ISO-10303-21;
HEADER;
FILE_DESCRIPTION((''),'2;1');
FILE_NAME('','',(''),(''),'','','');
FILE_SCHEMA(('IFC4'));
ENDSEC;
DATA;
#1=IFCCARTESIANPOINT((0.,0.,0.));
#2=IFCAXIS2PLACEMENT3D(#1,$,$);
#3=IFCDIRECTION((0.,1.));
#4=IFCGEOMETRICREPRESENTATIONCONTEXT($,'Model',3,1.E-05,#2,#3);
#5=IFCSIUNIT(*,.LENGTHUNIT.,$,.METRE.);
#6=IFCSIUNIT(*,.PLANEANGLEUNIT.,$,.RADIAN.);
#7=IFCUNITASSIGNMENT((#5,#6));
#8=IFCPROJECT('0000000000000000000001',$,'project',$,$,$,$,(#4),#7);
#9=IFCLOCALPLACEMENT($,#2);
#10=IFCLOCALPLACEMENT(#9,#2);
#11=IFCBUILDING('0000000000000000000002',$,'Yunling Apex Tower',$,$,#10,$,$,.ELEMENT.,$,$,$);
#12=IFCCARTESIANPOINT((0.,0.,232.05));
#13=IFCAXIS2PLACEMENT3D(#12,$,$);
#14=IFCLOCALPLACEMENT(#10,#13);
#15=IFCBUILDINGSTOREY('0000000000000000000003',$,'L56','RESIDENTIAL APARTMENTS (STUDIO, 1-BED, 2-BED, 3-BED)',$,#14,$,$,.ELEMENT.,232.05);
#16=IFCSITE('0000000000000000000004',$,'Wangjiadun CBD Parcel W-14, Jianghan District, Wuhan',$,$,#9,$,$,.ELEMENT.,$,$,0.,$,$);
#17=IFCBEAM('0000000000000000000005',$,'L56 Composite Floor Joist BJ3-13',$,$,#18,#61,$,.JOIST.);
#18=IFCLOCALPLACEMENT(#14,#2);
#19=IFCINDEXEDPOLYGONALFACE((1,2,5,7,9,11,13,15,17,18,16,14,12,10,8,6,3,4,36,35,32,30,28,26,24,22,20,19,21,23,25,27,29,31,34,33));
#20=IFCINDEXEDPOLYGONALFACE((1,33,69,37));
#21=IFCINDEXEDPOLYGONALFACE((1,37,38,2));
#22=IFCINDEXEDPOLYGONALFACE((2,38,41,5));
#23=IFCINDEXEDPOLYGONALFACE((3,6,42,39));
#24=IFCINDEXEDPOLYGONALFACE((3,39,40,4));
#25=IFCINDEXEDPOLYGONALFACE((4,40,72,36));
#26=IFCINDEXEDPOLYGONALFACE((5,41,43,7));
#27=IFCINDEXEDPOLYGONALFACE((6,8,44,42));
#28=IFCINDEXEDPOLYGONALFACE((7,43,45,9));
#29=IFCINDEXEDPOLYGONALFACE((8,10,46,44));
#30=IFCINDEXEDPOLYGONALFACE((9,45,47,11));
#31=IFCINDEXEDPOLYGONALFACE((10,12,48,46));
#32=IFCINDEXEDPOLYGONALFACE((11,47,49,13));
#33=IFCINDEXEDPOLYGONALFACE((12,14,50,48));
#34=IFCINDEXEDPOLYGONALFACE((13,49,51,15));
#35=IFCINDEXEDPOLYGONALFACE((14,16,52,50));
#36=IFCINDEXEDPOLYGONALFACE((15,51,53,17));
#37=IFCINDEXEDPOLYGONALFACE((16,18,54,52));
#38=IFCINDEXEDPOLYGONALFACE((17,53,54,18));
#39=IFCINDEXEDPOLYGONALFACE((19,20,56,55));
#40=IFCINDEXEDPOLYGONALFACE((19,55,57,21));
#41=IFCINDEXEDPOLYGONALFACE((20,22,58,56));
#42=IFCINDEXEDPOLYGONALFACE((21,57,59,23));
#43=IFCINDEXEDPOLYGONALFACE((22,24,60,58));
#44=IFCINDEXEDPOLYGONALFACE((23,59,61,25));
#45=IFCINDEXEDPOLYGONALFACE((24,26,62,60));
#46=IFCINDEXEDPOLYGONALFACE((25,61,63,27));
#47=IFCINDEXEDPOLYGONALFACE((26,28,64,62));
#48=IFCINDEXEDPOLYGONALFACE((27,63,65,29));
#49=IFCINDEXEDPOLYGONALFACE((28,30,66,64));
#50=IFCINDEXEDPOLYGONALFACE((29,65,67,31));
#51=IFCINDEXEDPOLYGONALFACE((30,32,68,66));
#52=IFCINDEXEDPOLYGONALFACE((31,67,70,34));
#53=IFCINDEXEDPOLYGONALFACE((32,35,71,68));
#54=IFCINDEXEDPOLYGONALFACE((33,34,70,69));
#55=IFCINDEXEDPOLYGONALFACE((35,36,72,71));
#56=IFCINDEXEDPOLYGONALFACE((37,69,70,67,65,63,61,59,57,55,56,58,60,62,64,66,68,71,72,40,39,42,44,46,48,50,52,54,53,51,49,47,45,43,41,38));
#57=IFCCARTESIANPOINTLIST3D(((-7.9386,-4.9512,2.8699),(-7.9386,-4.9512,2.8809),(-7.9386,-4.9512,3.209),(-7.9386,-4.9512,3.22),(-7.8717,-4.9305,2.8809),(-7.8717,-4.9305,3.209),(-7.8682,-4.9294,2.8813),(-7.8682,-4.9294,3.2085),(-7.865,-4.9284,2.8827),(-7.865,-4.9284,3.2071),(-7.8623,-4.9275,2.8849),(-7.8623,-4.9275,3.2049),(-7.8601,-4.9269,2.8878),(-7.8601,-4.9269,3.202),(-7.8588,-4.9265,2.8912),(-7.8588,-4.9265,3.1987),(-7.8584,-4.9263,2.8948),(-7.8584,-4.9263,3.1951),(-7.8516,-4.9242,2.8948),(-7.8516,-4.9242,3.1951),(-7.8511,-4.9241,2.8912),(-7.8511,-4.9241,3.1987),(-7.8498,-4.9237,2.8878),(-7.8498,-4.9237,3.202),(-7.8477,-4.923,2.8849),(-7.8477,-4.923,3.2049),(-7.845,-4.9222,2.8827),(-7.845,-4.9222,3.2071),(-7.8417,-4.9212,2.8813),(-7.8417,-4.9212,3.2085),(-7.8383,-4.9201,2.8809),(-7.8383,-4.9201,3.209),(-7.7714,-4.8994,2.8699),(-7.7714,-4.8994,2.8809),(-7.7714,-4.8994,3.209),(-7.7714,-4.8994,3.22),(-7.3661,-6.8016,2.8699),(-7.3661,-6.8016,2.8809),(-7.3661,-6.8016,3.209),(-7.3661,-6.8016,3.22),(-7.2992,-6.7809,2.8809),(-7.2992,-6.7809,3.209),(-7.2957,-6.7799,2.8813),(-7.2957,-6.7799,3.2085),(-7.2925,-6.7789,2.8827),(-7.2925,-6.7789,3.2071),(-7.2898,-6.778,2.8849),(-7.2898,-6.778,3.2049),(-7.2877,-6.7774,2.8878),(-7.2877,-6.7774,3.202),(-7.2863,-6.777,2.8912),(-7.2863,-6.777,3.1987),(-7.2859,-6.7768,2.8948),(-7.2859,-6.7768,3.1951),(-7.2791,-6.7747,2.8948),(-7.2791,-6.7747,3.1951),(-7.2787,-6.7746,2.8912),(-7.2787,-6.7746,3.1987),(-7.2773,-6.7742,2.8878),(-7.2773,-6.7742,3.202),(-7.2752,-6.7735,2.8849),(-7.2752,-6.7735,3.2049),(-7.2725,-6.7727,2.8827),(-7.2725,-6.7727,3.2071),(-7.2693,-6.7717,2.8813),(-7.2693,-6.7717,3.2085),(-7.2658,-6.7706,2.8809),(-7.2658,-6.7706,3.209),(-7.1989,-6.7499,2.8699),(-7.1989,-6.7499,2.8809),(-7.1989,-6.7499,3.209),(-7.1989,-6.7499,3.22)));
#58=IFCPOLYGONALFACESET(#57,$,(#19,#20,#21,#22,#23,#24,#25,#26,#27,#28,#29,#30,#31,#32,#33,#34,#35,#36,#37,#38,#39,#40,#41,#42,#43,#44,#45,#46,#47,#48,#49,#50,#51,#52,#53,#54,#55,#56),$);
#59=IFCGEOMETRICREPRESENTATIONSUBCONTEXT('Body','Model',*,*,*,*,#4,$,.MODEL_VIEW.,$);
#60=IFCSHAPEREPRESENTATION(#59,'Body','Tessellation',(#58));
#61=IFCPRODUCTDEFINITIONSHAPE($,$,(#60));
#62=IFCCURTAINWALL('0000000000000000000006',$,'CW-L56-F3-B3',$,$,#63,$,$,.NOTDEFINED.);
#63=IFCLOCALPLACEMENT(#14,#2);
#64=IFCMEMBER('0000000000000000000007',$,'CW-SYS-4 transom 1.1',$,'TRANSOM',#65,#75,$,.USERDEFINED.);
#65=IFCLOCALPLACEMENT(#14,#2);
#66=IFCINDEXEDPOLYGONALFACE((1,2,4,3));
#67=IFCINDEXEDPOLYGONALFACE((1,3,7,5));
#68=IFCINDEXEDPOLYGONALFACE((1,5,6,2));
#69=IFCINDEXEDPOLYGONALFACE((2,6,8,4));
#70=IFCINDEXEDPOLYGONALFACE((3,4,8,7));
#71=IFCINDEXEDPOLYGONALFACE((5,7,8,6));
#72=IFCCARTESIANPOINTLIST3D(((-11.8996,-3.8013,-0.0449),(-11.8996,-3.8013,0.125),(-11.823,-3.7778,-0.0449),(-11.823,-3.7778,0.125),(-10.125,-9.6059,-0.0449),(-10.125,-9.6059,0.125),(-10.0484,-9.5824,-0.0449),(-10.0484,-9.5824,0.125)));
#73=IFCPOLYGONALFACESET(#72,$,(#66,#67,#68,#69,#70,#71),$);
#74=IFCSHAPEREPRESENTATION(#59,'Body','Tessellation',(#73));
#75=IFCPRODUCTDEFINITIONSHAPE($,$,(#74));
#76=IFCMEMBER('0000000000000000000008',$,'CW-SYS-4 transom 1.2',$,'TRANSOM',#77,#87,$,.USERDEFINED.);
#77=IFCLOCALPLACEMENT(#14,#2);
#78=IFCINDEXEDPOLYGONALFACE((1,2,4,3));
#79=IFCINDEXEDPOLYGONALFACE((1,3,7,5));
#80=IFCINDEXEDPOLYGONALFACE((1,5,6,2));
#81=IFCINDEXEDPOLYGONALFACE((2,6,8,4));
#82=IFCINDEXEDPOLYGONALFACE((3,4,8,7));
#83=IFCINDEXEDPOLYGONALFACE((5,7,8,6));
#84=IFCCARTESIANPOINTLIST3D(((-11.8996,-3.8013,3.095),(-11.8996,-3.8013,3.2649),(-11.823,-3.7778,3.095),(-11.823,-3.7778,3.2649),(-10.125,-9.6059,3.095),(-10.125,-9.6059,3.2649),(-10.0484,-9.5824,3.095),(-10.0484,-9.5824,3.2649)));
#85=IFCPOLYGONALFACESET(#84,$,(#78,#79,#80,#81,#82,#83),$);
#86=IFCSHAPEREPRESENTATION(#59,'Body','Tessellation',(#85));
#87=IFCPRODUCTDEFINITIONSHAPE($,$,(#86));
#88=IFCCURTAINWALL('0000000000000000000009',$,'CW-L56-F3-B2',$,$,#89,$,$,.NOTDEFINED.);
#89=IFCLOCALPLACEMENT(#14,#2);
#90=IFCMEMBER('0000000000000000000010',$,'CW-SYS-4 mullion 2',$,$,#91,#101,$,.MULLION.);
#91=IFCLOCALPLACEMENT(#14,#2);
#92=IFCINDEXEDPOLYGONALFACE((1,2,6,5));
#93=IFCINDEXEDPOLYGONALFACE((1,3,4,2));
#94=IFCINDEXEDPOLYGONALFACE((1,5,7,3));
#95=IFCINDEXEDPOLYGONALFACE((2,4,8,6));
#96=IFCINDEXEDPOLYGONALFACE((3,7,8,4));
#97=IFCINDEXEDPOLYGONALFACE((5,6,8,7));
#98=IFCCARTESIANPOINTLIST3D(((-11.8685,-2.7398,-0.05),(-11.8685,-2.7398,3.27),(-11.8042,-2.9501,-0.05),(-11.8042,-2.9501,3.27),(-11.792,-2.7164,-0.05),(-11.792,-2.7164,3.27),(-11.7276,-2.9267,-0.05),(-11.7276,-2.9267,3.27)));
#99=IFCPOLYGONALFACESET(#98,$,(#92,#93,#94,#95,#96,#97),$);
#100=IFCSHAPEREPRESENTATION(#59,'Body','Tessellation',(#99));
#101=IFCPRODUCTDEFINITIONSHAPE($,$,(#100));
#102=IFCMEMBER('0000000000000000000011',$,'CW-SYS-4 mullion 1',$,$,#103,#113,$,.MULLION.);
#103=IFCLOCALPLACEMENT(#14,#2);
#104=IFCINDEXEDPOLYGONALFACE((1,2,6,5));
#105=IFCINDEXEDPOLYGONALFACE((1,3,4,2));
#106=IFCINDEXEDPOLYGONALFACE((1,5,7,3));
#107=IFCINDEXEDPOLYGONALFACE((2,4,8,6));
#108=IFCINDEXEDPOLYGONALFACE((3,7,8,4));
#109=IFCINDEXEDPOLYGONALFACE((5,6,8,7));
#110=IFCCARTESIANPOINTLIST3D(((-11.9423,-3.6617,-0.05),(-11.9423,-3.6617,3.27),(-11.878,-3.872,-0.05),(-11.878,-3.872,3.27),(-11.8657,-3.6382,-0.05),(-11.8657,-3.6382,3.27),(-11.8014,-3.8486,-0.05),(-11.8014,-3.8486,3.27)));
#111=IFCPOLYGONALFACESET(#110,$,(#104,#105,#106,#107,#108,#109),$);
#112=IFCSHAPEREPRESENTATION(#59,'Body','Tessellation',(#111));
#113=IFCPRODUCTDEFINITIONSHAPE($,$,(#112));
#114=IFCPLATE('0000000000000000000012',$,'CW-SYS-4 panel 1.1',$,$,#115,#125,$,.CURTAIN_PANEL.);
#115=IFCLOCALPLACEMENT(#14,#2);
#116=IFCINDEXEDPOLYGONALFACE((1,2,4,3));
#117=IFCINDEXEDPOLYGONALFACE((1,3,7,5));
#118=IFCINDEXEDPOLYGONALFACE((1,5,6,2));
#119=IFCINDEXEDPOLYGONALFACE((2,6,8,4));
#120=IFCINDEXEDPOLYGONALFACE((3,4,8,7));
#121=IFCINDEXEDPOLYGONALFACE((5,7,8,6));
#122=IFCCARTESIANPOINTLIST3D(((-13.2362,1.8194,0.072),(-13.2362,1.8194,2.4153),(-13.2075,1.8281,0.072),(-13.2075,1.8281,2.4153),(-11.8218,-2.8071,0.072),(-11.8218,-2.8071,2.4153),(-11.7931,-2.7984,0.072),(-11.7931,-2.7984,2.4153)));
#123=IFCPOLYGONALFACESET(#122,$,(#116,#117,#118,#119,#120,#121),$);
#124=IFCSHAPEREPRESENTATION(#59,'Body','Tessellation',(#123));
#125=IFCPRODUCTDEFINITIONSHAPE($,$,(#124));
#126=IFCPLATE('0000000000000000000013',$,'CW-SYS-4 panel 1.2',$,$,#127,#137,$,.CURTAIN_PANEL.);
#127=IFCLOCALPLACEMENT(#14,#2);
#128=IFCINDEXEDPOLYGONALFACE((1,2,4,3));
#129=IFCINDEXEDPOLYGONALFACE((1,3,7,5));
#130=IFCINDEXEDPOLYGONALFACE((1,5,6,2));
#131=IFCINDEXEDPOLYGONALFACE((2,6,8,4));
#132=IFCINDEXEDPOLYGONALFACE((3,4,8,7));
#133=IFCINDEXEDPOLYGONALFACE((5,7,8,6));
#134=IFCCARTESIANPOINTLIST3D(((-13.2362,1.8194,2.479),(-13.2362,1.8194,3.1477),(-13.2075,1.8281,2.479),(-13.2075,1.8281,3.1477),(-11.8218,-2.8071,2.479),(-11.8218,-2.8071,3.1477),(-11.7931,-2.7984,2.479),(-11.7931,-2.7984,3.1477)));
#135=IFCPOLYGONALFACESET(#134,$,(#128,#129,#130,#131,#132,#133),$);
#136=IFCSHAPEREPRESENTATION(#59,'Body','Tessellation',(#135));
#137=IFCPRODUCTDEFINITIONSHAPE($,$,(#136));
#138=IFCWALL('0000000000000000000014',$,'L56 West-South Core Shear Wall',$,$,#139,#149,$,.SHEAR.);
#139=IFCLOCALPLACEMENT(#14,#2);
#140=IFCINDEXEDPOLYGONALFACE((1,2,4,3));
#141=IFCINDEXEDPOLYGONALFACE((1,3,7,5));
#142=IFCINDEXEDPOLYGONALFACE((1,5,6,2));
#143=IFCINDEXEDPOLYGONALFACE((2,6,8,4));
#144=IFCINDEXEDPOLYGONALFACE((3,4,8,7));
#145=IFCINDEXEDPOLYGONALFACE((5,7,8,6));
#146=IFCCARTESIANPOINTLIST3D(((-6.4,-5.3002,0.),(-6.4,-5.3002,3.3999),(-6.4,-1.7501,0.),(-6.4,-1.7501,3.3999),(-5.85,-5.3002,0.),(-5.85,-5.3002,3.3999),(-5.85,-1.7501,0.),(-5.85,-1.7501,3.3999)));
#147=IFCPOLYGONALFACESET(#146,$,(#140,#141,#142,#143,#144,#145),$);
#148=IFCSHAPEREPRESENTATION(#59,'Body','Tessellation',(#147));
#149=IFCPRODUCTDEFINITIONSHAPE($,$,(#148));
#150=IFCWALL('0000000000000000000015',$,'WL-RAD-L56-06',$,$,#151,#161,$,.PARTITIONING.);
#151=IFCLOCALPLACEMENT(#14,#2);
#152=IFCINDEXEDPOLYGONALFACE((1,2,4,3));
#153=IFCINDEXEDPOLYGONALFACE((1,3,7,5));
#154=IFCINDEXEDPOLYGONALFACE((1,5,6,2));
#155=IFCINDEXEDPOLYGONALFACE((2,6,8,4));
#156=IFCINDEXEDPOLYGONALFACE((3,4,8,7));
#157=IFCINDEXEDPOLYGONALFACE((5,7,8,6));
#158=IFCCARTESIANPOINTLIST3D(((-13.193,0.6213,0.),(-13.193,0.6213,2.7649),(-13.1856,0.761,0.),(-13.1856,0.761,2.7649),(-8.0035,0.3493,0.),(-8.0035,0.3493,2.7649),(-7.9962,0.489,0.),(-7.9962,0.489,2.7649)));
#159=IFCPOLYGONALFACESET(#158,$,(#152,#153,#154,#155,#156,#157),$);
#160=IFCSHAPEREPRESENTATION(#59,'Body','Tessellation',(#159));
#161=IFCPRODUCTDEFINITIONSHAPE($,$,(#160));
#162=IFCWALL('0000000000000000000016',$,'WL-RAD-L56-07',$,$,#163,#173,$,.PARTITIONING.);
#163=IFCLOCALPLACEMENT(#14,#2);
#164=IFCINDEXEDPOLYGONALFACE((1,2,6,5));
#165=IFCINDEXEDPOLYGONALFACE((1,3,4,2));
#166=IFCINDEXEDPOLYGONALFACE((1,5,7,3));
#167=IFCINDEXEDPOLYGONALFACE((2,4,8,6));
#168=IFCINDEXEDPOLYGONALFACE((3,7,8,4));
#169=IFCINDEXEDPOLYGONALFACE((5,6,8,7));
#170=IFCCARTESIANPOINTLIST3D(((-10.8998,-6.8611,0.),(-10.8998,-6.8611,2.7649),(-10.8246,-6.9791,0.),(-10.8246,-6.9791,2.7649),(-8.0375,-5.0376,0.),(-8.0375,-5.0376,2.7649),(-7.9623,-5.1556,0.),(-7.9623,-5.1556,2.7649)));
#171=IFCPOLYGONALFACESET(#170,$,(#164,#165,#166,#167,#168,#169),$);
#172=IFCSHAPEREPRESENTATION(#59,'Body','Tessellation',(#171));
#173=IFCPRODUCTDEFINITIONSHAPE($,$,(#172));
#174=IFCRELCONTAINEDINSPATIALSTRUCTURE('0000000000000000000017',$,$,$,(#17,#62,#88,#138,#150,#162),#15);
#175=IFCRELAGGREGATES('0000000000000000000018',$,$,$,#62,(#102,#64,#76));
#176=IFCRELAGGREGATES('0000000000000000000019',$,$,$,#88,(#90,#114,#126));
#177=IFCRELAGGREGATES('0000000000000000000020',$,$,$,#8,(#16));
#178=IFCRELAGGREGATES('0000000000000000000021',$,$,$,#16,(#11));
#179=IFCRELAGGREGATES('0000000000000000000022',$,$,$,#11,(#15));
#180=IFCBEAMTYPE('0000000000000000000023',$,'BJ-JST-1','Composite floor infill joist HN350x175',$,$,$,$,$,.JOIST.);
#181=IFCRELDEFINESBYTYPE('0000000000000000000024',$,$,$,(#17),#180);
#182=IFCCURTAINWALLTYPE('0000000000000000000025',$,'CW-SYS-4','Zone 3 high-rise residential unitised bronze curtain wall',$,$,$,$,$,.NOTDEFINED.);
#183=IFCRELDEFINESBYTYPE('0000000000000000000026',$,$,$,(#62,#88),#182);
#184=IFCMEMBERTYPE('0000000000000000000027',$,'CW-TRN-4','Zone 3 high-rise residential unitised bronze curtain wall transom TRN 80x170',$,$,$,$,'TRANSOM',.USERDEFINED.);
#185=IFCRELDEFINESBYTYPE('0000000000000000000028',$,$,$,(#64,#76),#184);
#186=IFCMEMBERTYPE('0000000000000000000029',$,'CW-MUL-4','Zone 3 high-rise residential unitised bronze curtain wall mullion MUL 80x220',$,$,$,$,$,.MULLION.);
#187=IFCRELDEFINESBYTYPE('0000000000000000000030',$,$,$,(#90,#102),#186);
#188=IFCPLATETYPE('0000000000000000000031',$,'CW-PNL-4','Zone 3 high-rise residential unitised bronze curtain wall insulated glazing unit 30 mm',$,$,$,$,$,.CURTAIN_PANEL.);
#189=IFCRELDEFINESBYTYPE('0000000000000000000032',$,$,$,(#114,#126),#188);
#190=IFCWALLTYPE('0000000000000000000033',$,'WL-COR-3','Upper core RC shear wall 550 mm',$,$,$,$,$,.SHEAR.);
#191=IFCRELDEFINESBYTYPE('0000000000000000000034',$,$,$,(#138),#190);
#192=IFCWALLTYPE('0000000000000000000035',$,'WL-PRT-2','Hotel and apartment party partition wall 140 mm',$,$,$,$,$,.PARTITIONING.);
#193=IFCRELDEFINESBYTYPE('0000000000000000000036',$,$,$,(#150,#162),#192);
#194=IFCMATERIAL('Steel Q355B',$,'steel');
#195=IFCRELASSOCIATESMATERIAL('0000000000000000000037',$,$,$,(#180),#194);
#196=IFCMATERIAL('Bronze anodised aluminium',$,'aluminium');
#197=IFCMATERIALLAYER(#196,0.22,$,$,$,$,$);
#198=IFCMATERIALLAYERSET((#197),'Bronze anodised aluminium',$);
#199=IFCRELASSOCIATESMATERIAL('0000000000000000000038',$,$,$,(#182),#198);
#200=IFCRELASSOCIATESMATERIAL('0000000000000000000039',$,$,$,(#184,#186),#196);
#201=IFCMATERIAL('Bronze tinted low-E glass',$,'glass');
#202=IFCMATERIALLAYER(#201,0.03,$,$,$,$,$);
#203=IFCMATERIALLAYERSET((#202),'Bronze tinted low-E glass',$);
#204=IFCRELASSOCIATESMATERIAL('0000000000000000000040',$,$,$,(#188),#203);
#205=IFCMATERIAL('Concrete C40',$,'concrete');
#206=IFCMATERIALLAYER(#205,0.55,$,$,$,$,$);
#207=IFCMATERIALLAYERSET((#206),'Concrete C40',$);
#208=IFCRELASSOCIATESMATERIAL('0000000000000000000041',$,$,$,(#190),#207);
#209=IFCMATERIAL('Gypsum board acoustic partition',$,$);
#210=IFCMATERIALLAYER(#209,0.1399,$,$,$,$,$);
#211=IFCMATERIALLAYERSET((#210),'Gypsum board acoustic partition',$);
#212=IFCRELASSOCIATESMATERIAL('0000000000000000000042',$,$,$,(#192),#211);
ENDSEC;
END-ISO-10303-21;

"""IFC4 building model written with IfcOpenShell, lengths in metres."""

from ifc_helpers import new_model, si_unit, direction, frame, frame_2d, origin, origin_2d, place, context, subcontext, project, spatial, rectangle, i_section, extrude, source, transform, mapped, material, layer, layer_set, material_profile, profile_set, type_object, element, aggregate, save


model = new_model("IFC4")

# Units and contexts
model_context = context("Model", 3, precision=1e-05, world=origin(), true_north=direction((0.0, 1.0)))
body_context = subcontext(model_context, "Body", "Model", "MODEL_VIEW")
ifc_project = project(units=[si_unit("LENGTHUNIT", "METRE"), si_unit("PLANEANGLEUNIT", "RADIAN")], contexts=[model_context])

# Site, building, storey
site_placement = place(None, origin())
site = spatial("IfcSite", under=ifc_project, at=site_placement, Name="Wangjiadun CBD Parcel W-14, Jianghan District, Wuhan", CompositionType="ELEMENT", RefElevation=0.0)
building_placement = place(site_placement, origin())
building = spatial("IfcBuilding", under=site, at=building_placement, Name="Yunling Apex Tower", CompositionType="ELEMENT")
storey_placement = place(building_placement, frame((0.0, 0.0, 232.05)))
storey = spatial("IfcBuildingStorey", under=building, at=storey_placement, Name="L56", Description="RESIDENTIAL APARTMENTS (STUDIO, 1-BED, 2-BED, 3-BED)", CompositionType="ELEMENT", Elevation=232.05)

# Beam
ifc_material_1 = material(Name="Steel Q355B", Category="steel")
ifc_material_profile_1 = material_profile(ifc_material_1, i_section(OverallWidth=0.175, OverallDepth=0.3501, WebThickness=0.0071, FlangeThickness=0.011, FilletRadius=0.0139, at=origin_2d()))
ifc_profile_set_1 = profile_set([ifc_material_profile_1], Name="Steel Q355B")
beam_type_1 = type_object("IfcBeamType", Name="BJ-JST-1", Description="Composite floor infill joist HN350x175", PredefinedType="JOIST", material=ifc_profile_set_1)
shared_shape_1 = source(origin(), body_context, "Body", "SweptSolid", [
    extrude(i_section(OverallWidth=0.175, OverallDepth=0.3501, WebThickness=0.0071, FlangeThickness=0.011, FilletRadius=0.0139, at=origin_2d()), origin(), (0.0, 0.0, 1.0), 1.937),
])
beam_1_placement = place(storey_placement, frame((-7.855, -4.9253, 3.0449), z_axis=(0.295547, -0.955328, 0.0), x_axis=(0.955328, 0.295547, 0.0)))
element("IfcBeam", 1, at=beam_1_placement, inside=storey, type_object=beam_type_1, Name="L56 Composite Floor Joist BJ3-13", PredefinedType="JOIST", context=body_context, shape_type="MappedRepresentation", body=[
    mapped(shared_shape_1, transform((0.0, 0.0, 0.0), scale=1.0)),
])

# Curtain wall, members
ifc_material_2 = material(Name="Bronze anodised aluminium", Category="aluminium")
ifc_layer_1 = layer(ifc_material_2, 0.22)
ifc_layer_set_1 = layer_set([ifc_layer_1], Name="Bronze anodised aluminium")
curtain_wall_type = type_object("IfcCurtainWallType", Name="CW-SYS-4", Description="Zone 3 high-rise residential unitised bronze curtain wall", PredefinedType="NOTDEFINED", material=ifc_layer_set_1)
curtain_wall_1_placement = place(storey_placement, origin())
curtain_wall_1 = element("IfcCurtainWall", 2, at=curtain_wall_1_placement, inside=storey, type_object=curtain_wall_type, Name="CW-L56-F3-B3", PredefinedType="NOTDEFINED")
ifc_material_profile_2 = material_profile(ifc_material_2, rectangle(XDim=0.0801, YDim=0.1699, at=origin_2d()))
ifc_profile_set_2 = profile_set([ifc_material_profile_2], Name="Bronze anodised aluminium")
member_type_1 = type_object("IfcMemberType", Name="CW-TRN-4", Description="Zone 3 high-rise residential unitised bronze curtain wall transom TRN 80x170", ElementType="TRANSOM", PredefinedType="USERDEFINED", material=ifc_profile_set_2)
shared_shape_2 = source(origin(), body_context, "Body", "SweptSolid", [
    extrude(rectangle(XDim=0.0801, YDim=0.1699, at=origin_2d()), origin(), (0.0, 0.0, 1.0), 6.0698),
])
member_1_placement = place(storey_placement, frame((-11.8613, -3.7896, 0.04), z_axis=(0.29237, -0.956305, 0.0), x_axis=(0.956305, 0.29237, 0.0)))
member_1 = element("IfcMember", 3, at=member_1_placement, type_object=member_type_1, Name="CW-SYS-4 transom 1.1", ObjectType="TRANSOM", PredefinedType="USERDEFINED", context=body_context, shape_type="MappedRepresentation", body=[
    mapped(shared_shape_2, transform((0.0, 0.0, 0.0), scale=1.0)),
])
member_2_placement = place(storey_placement, frame((-11.8613, -3.7896, 3.1799), z_axis=(0.29237, -0.956305, 0.0), x_axis=(0.956305, 0.29237, 0.0)))
member_2 = element("IfcMember", 4, at=member_2_placement, type_object=member_type_1, Name="CW-SYS-4 transom 1.2", ObjectType="TRANSOM", PredefinedType="USERDEFINED", context=body_context, shape_type="MappedRepresentation", body=[
    mapped(shared_shape_2, transform((0.0, 0.0, 0.0), scale=1.0)),
])

# Curtain wall, member
curtain_wall_2_placement = place(storey_placement, origin())
curtain_wall_2 = element("IfcCurtainWall", 5, at=curtain_wall_2_placement, inside=storey, type_object=curtain_wall_type, Name="CW-L56-F3-B2", PredefinedType="NOTDEFINED")
ifc_material_profile_3 = material_profile(ifc_material_2, rectangle(XDim=0.0801, YDim=0.22, at=origin_2d()))
ifc_profile_set_3 = profile_set([ifc_material_profile_3], Name="Bronze anodised aluminium")
member_type_2 = type_object("IfcMemberType", Name="CW-MUL-4", Description="Zone 3 high-rise residential unitised bronze curtain wall mullion MUL 80x220", PredefinedType="MULLION", material=ifc_profile_set_3)
shared_shape_3 = source(origin(), body_context, "Body", "SweptSolid", [
    extrude(rectangle(XDim=0.0801, YDim=0.22, at=origin_2d()), origin(), (0.0, 0.0, 1.0), 3.3201),
])
member_3_placement = place(storey_placement, frame((-11.7981, -2.8333, -0.05), z_axis=(0.0, 0.0, 1.0), x_axis=(0.956304, 0.292373, 0.0)))
member_3 = element("IfcMember", 6, at=member_3_placement, type_object=member_type_2, Name="CW-SYS-4 mullion 2", PredefinedType="MULLION", context=body_context, shape_type="MappedRepresentation", body=[
    mapped(shared_shape_3, transform((0.0, 0.0, 0.0), scale=1.0)),
])

# Member
member_4_placement = place(storey_placement, frame((-11.8718, -3.7551, -0.05), z_axis=(0.0, 0.0, 1.0), x_axis=(0.956305, 0.292372, 0.0)))
member_4 = element("IfcMember", 7, at=member_4_placement, type_object=member_type_2, Name="CW-SYS-4 mullion 1", PredefinedType="MULLION", context=body_context, shape_type="MappedRepresentation", body=[
    mapped(shared_shape_3, transform((0.0, 0.0, 0.0), scale=1.0)),
])
aggregate(curtain_wall_1, [member_4, member_1, member_2])

# Plates
ifc_material_3 = material(Name="Bronze tinted low-E glass", Category="glass")
ifc_layer_2 = layer(ifc_material_3, 0.03)
ifc_layer_set_2 = layer_set([ifc_layer_2], Name="Bronze tinted low-E glass")
plate_type = type_object("IfcPlateType", Name="CW-PNL-4", Description="Zone 3 high-rise residential unitised bronze curtain wall insulated glazing unit 30 mm", PredefinedType="CURTAIN_PANEL", material=ifc_layer_set_2)
shared_shape_4 = source(origin(), body_context, "Body", "SweptSolid", [
    extrude(rectangle(XDim=4.8379, YDim=0.03, at=origin_2d()), origin(), (0.0, 0.0, 1.0), 2.3433),
])
plate_1_placement = place(storey_placement, frame((-12.5146, -0.4895, 0.072), z_axis=(0.0, 0.0, 1.0), x_axis=(0.292373, -0.956304, 0.0)))
plate_1 = element("IfcPlate", 8, at=plate_1_placement, type_object=plate_type, Name="CW-SYS-4 panel 1.1", PredefinedType="CURTAIN_PANEL", context=body_context, shape_type="MappedRepresentation", body=[
    mapped(shared_shape_4, transform((0.0, 0.0, 0.0), scale=1.0)),
])
shared_shape_5 = source(origin(), body_context, "Body", "SweptSolid", [
    extrude(rectangle(XDim=4.8379, YDim=0.03, at=origin_2d()), origin(), (0.0, 0.0, 1.0), 0.6687),
])
plate_2_placement = place(storey_placement, frame((-12.5146, -0.4895, 2.479), z_axis=(0.0, 0.0, 1.0), x_axis=(0.292373, -0.956304, 0.0)))
plate_2 = element("IfcPlate", 9, at=plate_2_placement, type_object=plate_type, Name="CW-SYS-4 panel 1.2", PredefinedType="CURTAIN_PANEL", context=body_context, shape_type="MappedRepresentation", body=[
    mapped(shared_shape_5, transform((0.0, 0.0, 0.0), scale=1.0)),
])
aggregate(curtain_wall_2, [member_3, plate_1, plate_2])

# Walls
ifc_material_4 = material(Name="Concrete C40", Category="concrete")
ifc_layer_3 = layer(ifc_material_4, 0.55)
ifc_layer_set_3 = layer_set([ifc_layer_3], Name="Concrete C40")
wall_type_1 = type_object("IfcWallType", Name="WL-COR-3", Description="Upper core RC shear wall 550 mm", PredefinedType="SHEAR", material=ifc_layer_set_3)
wall_1_placement = place(storey_placement, frame((-6.125, -5.3, 0.0), z_axis=(0.0, 0.0, 1.0), x_axis=(0.0, 1.0, 0.0)))
element("IfcWall", 10, at=wall_1_placement, inside=storey, type_object=wall_type_1, Name="L56 West-South Core Shear Wall", PredefinedType="SHEAR", context=body_context, shape_type="SweptSolid", body=[
    extrude(rectangle(XDim=3.55, YDim=0.55, at=frame_2d((1.7749, 0.0))), origin(), (0.0, 0.0, 1.0), 3.3999),
])
ifc_material_5 = material(Name="Gypsum board acoustic partition")
ifc_layer_4 = layer(ifc_material_5, 0.1399)
ifc_layer_set_4 = layer_set([ifc_layer_4], Name="Gypsum board acoustic partition")
wall_type_2 = type_object("IfcWallType", Name="WL-PRT-2", Description="Hotel and apartment party partition wall 140 mm", PredefinedType="PARTITIONING", material=ifc_layer_set_4)
wall_2_placement = place(storey_placement, frame((-8.0, 0.4192, 0.0), z_axis=(0.0, 0.0, 1.0), x_axis=(-0.998629, 0.052337, 0.0)))
element("IfcWall", 11, at=wall_2_placement, inside=storey, type_object=wall_type_2, Name="WL-RAD-L56-06", PredefinedType="PARTITIONING", context=body_context, shape_type="SweptSolid", body=[
    extrude(rectangle(XDim=5.1965, YDim=0.1399, at=frame_2d((2.5981, 0.0))), origin(), (0.0, 0.0, 1.0), 2.7649),
])
wall_3_placement = place(storey_placement, frame((-8.0, -5.0967, 0.0), z_axis=(0.0, 0.0, 1.0), x_axis=(-0.843392, -0.537299, 0.0)))
element("IfcWall", 12, at=wall_3_placement, inside=storey, type_object=wall_type_2, Name="WL-RAD-L56-07", PredefinedType="PARTITIONING", context=body_context, shape_type="SweptSolid", body=[
    extrude(rectangle(XDim=3.3938, YDim=0.1399, at=frame_2d((1.6968, 0.0))), origin(), (0.0, 0.0, 1.0), 2.7649),
])

save(model, "model.ifc")
